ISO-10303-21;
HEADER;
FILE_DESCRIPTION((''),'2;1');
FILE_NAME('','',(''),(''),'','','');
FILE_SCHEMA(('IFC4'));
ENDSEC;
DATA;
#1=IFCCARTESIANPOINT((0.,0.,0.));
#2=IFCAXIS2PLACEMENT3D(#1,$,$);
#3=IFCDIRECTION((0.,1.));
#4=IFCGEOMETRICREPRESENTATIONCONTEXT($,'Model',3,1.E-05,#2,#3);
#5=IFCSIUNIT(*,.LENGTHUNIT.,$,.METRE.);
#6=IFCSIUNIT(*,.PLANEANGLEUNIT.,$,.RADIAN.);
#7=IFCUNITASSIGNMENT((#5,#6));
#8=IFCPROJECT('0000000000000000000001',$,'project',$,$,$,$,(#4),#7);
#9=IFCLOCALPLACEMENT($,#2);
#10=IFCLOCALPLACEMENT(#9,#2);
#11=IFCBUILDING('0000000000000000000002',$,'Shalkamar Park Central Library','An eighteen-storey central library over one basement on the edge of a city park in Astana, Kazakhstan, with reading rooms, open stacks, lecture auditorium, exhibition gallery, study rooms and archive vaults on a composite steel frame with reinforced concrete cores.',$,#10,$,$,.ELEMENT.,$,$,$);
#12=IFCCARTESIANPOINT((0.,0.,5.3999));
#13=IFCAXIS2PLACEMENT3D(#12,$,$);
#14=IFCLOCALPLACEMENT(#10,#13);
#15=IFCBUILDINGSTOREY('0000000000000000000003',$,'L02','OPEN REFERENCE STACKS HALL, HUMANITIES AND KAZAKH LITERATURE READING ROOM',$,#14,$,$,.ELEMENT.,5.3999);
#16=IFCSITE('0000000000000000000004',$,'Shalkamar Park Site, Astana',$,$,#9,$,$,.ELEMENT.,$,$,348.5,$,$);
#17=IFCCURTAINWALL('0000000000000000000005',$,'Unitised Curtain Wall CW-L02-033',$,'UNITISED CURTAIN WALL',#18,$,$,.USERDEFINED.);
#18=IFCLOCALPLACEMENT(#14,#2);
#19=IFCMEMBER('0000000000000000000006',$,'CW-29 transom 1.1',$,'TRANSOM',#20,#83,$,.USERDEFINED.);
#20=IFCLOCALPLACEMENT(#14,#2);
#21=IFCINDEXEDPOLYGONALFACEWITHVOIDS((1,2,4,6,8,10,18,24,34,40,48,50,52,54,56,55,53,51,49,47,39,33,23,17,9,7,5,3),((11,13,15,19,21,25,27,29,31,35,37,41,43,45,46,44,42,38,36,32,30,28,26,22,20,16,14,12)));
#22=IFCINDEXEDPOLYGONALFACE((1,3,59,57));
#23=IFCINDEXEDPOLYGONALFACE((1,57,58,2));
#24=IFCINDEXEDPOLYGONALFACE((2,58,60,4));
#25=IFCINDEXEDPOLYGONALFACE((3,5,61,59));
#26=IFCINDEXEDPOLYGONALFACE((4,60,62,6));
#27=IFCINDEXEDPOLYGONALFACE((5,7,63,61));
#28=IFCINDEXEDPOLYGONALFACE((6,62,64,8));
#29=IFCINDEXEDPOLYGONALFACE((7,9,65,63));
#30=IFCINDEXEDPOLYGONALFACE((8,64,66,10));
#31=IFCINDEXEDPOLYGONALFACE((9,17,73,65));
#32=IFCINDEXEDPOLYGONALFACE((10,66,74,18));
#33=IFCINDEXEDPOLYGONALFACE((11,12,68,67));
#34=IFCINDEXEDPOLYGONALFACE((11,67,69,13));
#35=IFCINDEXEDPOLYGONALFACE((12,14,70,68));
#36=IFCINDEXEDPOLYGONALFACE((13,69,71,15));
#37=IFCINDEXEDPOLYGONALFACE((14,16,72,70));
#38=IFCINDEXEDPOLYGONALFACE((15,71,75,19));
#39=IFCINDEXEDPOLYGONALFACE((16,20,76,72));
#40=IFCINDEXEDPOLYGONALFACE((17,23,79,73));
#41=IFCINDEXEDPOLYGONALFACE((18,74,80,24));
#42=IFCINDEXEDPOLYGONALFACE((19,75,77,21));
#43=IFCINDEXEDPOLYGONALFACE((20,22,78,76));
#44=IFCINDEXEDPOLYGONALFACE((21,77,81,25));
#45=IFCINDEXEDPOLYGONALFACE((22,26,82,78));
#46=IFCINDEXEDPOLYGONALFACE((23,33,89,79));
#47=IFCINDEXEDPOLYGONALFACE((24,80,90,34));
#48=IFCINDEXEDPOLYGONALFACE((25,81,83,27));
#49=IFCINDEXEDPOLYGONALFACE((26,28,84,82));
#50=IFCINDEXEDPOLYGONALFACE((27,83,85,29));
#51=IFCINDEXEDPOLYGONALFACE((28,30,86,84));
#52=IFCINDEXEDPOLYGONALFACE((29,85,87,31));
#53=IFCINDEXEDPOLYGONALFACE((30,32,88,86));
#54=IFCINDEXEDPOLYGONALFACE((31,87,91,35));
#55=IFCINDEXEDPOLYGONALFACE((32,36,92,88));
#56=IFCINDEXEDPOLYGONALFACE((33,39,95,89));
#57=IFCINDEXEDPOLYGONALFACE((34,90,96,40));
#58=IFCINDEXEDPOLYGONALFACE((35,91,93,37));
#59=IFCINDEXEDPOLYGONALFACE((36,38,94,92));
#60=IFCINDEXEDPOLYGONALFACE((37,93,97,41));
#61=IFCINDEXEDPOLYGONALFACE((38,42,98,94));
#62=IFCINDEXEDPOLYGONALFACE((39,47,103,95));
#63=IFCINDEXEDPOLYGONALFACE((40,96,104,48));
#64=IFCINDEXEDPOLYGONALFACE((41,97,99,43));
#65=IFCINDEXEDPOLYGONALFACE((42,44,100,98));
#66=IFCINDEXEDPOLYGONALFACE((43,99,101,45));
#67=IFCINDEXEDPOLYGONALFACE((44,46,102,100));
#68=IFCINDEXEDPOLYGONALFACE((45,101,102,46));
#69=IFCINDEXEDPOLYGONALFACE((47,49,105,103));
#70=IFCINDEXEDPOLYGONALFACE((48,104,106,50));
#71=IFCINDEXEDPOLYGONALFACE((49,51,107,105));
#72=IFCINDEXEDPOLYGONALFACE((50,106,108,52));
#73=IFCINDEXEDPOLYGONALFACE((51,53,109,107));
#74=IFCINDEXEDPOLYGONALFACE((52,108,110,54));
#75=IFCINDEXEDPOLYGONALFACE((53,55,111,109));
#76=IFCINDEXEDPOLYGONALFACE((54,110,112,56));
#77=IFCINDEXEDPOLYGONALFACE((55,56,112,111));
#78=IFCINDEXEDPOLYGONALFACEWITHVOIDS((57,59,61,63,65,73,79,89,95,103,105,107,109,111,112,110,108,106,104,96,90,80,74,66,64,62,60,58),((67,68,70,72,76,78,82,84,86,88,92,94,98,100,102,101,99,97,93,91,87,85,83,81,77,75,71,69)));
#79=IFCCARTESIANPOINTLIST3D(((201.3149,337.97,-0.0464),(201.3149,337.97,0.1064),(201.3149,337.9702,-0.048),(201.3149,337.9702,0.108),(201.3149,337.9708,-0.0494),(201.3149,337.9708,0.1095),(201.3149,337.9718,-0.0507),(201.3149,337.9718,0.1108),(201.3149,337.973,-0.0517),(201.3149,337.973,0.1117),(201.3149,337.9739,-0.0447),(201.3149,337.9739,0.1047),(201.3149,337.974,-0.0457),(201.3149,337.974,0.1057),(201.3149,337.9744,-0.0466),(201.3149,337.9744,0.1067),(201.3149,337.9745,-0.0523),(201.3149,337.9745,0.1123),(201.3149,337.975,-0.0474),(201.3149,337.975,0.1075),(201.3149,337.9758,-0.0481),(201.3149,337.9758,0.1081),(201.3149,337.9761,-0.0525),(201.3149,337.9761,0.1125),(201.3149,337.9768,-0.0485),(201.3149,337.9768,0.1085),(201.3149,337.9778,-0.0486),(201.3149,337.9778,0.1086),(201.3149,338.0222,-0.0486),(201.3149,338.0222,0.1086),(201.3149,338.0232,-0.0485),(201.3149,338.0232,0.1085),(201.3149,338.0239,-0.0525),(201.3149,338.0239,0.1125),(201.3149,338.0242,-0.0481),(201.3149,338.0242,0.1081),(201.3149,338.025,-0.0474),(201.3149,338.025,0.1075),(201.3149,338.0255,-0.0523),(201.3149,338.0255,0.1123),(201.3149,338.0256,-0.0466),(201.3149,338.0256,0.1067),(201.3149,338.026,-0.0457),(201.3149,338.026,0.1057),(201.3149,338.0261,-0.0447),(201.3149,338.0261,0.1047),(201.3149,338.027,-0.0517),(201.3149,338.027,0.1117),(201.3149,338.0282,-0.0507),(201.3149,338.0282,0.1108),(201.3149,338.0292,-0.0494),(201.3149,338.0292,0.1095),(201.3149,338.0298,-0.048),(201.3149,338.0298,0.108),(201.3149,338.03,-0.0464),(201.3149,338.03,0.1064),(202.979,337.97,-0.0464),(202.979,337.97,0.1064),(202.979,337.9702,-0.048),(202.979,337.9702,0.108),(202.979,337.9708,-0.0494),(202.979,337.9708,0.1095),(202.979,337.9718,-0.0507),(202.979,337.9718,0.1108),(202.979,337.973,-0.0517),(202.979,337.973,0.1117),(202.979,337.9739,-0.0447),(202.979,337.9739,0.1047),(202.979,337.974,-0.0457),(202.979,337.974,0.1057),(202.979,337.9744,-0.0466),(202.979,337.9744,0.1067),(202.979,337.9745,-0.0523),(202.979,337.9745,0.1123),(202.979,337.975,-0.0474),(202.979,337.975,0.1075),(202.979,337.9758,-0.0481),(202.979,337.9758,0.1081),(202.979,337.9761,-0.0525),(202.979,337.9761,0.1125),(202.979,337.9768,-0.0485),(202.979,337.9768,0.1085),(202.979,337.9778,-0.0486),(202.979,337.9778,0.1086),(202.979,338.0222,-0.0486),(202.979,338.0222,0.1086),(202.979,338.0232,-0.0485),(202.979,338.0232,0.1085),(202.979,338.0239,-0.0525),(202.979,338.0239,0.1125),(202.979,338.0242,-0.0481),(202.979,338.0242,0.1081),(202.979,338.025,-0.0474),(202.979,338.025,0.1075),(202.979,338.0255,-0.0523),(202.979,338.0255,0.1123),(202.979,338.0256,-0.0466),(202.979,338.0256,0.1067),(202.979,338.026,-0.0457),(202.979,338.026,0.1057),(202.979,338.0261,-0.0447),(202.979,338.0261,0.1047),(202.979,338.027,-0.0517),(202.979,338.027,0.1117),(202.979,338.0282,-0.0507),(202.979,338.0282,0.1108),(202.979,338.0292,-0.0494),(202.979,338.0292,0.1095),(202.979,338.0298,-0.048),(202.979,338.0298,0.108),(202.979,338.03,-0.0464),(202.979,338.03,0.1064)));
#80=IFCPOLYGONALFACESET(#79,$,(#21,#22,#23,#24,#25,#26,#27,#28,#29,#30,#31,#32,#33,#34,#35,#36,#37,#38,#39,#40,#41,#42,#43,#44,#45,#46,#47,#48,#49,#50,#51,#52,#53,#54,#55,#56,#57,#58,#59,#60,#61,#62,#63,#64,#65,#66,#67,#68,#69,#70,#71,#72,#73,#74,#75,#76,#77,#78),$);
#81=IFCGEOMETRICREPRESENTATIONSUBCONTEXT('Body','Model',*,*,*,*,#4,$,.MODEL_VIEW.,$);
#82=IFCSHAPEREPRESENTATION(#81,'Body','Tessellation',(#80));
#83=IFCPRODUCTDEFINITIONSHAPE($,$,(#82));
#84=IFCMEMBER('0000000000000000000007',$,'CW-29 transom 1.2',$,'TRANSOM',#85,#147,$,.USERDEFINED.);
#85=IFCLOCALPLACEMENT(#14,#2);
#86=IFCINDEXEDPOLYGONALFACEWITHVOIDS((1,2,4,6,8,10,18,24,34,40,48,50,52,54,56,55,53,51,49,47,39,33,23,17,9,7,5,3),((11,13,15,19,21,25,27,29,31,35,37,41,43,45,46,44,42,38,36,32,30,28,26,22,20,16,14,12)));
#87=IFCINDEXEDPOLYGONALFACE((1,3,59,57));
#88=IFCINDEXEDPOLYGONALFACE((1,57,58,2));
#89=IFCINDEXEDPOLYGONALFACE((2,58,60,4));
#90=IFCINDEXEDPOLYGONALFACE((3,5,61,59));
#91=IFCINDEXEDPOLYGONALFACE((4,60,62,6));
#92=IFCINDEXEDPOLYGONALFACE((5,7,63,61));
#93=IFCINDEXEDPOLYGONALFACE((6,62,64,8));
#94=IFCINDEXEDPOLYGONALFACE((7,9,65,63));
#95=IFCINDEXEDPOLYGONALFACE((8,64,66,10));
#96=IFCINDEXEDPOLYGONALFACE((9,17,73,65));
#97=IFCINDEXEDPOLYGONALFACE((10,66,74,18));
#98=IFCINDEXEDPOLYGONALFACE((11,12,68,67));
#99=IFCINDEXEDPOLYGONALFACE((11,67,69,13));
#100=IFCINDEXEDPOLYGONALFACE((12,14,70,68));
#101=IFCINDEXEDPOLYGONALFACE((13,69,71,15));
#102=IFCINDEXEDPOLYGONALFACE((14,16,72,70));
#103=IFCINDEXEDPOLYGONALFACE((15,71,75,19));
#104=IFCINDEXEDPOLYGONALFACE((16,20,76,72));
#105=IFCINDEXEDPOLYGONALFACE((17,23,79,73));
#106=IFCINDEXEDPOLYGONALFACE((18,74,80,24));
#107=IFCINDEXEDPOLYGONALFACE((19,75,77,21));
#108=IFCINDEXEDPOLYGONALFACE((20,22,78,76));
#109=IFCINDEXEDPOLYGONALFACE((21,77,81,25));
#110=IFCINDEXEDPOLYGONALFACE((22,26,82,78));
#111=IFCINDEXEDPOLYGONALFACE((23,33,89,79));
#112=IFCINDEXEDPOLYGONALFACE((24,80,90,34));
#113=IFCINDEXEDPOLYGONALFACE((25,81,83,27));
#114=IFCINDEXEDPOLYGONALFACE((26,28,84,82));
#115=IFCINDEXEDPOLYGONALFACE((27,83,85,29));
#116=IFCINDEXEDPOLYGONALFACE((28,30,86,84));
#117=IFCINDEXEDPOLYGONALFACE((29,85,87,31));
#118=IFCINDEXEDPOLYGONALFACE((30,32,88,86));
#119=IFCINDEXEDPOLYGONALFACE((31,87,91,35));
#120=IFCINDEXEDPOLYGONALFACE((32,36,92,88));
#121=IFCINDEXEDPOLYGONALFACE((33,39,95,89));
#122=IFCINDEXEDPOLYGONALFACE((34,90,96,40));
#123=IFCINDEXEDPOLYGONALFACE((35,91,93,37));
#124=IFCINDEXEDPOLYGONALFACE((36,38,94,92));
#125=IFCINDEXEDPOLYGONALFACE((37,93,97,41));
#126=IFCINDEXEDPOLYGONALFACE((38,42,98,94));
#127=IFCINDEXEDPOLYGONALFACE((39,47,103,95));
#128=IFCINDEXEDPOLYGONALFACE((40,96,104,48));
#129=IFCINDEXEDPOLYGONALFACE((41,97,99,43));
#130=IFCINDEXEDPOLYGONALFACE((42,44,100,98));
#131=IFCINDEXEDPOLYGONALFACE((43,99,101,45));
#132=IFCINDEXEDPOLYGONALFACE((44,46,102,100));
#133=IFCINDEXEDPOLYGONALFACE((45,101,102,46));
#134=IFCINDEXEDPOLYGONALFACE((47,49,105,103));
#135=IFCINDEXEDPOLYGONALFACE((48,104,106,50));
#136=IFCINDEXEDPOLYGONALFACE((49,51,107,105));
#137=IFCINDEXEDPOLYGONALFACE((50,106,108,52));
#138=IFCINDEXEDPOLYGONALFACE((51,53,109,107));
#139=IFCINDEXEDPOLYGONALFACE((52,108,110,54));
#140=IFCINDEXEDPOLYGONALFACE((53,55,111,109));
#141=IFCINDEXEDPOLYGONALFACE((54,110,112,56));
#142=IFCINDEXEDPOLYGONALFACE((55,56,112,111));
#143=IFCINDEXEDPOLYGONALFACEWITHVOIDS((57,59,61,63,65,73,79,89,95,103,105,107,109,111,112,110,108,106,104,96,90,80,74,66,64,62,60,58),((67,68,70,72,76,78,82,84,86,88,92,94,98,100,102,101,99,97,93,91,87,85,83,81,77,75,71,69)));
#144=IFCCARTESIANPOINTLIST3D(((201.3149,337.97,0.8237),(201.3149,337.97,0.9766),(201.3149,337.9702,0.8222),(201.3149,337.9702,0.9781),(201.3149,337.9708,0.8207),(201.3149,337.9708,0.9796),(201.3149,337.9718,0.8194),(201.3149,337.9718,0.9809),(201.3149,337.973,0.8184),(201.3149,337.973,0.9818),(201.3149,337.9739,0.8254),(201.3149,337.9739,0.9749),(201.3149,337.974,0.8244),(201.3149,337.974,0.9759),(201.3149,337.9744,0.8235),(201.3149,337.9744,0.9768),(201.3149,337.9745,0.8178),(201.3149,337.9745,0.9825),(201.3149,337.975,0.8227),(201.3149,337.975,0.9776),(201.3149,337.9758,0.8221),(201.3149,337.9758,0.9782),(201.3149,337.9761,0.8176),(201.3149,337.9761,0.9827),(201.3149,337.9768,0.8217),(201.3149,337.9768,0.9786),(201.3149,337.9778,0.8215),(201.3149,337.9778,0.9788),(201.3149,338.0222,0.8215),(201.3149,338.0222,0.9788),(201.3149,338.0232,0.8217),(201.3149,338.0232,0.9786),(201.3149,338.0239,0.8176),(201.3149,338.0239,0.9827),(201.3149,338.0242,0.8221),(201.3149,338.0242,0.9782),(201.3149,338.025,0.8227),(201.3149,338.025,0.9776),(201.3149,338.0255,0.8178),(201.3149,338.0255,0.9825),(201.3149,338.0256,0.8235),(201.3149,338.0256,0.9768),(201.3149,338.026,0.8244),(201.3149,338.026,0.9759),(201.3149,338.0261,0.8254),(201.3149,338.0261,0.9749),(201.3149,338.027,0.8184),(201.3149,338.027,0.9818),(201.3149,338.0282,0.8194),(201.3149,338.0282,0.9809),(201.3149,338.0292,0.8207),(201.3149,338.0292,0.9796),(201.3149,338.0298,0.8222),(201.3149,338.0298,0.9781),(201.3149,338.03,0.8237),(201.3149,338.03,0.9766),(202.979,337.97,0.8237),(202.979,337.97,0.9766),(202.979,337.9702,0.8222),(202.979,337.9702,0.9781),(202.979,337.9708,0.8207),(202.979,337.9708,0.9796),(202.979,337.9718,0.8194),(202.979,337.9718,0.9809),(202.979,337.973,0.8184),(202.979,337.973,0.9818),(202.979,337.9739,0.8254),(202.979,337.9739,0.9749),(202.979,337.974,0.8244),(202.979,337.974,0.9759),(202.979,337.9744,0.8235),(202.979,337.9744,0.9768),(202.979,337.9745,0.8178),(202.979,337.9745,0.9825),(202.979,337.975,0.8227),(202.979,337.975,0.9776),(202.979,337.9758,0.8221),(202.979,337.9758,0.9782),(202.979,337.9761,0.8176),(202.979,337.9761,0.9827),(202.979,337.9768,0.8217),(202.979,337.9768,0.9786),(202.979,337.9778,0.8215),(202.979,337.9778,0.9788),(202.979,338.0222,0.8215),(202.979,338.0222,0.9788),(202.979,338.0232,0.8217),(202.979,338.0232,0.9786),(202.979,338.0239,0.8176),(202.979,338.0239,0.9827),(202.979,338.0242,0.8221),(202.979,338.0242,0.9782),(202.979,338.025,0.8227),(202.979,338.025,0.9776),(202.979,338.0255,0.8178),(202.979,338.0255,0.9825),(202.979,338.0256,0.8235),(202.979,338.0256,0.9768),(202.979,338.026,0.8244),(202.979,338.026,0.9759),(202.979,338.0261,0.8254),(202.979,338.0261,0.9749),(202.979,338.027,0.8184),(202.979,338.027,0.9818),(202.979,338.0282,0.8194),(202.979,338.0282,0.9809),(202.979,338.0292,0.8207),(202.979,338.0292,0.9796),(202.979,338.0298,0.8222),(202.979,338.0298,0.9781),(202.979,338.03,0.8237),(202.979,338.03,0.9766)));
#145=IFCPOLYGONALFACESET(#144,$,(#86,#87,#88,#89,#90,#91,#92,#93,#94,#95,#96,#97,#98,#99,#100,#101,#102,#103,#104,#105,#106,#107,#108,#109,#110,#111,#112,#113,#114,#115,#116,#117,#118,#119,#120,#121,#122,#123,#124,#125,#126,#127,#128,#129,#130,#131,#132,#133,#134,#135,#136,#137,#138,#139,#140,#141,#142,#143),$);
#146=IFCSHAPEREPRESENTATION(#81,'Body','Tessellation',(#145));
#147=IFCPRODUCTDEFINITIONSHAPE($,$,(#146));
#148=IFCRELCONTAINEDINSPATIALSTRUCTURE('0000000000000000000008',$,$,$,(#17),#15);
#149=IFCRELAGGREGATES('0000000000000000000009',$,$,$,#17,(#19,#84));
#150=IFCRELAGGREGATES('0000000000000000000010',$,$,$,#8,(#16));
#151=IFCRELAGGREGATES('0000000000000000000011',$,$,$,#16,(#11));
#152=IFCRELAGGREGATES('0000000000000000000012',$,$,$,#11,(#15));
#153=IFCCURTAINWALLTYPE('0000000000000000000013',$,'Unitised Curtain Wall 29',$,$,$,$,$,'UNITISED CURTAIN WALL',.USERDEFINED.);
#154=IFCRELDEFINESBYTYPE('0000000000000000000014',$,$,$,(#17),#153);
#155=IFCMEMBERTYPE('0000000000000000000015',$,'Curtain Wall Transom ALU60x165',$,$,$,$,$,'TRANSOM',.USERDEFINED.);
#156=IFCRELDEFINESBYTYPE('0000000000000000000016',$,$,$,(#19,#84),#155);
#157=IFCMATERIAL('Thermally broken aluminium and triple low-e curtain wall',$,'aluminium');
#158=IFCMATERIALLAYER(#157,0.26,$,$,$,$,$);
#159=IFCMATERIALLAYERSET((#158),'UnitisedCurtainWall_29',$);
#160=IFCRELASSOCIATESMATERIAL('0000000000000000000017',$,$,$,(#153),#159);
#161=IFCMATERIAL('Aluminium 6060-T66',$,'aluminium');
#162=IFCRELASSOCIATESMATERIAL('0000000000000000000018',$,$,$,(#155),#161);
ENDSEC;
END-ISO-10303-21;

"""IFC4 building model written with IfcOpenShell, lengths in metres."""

from ifc_helpers import new_model, si_unit, direction, frame, origin, origin_2d, place, context, subcontext, project, spatial, hollow_rectangle, extrude, material, layer, layer_set, material_profile, profile_set, type_object, element, aggregate, save


model = new_model("IFC4")

# Units and contexts
model_context = context("Model", 3, precision=1e-05, world=origin(), true_north=direction((0.0, 1.0)))
body_context = subcontext(model_context, "Body", "Model", "MODEL_VIEW")
ifc_project = project(units=[si_unit("LENGTHUNIT", "METRE"), si_unit("PLANEANGLEUNIT", "RADIAN")], contexts=[model_context])

# Site, building, storey
site_placement = place(None, origin())
site = spatial("IfcSite", under=ifc_project, at=site_placement, Name="Shalkamar Park Site, Astana", CompositionType="ELEMENT", RefElevation=348.5)
building_placement = place(site_placement, origin())
building = spatial("IfcBuilding", under=site, at=building_placement, Name="Shalkamar Park Central Library", Description="An eighteen-storey central library over one basement on the edge of a city park in Astana, Kazakhstan, with reading rooms, open stacks, lecture auditorium, exhibition gallery, study rooms and archive vaults on a composite steel frame with reinforced concrete cores.", CompositionType="ELEMENT")
storey_placement = place(building_placement, frame((0.0, 0.0, 5.3999)))
storey = spatial("IfcBuildingStorey", under=building, at=storey_placement, Name="L02", Description="OPEN REFERENCE STACKS HALL, HUMANITIES AND KAZAKH LITERATURE READING ROOM", CompositionType="ELEMENT", Elevation=5.3999)

# Curtain wall
ifc_material_1 = material(Name="Thermally broken aluminium and triple low-e curtain wall", Category="aluminium")
ifc_material_2 = material(Name="Aluminium 6060-T66", Category="aluminium")
ifc_layer_1 = layer(ifc_material_1, 0.26)
ifc_layer_set_1 = layer_set([ifc_layer_1], Name="UnitisedCurtainWall_29")
curtain_wall_type_1 = type_object("IfcCurtainWallType", Name="Unitised Curtain Wall 29", ElementType="UNITISED CURTAIN WALL", PredefinedType="USERDEFINED", material=ifc_layer_set_1)
curtain_wall_1_placement = place(storey_placement, origin())
curtain_wall_1 = element("IfcCurtainWall", 1, at=curtain_wall_1_placement, inside=storey, type_object=curtain_wall_type_1, Name="Unitised Curtain Wall CW-L02-033", ObjectType="UNITISED CURTAIN WALL", PredefinedType="USERDEFINED")

# Members
ifc_material_profile_1 = material_profile(ifc_material_2, hollow_rectangle(XDim=0.0601, YDim=0.165, WallThickness=0.0039, InnerFilletRadius=0.0039, OuterFilletRadius=0.0061, at=origin_2d()), Name="ALU 60x165x4")
ifc_profile_set_1 = profile_set([ifc_material_profile_1], Name="Aluminium 6060-T66")
member_type_1 = type_object("IfcMemberType", Name="Curtain Wall Transom ALU60x165", ElementType="TRANSOM", PredefinedType="USERDEFINED", material=ifc_profile_set_1)
member_1_placement = place(storey_placement, frame((201.3149, 338.0, 0.03), z_axis=(1.0, 0.0, 0.0), x_axis=(0.0, 1.0, 0.0)))
member_1 = element("IfcMember", 2, at=member_1_placement, type_object=member_type_1, Name="CW-29 transom 1.1", ObjectType="TRANSOM", PredefinedType="USERDEFINED", context=body_context, shape_type="SweptSolid", body=[
    extrude(hollow_rectangle(XDim=0.0601, YDim=0.165, WallThickness=0.0039, InnerFilletRadius=0.0039, OuterFilletRadius=0.0061, at=origin_2d()), origin(), (0.0, 0.0, 1.0), 1.6641),
])
member_2_placement = place(storey_placement, frame((201.3149, 338.0, 0.9001), z_axis=(1.0, 0.0, 0.0), x_axis=(0.0, 1.0, 0.0)))
member_2 = element("IfcMember", 3, at=member_2_placement, type_object=member_type_1, Name="CW-29 transom 1.2", ObjectType="TRANSOM", PredefinedType="USERDEFINED", context=body_context, shape_type="SweptSolid", body=[
    extrude(hollow_rectangle(XDim=0.0601, YDim=0.165, WallThickness=0.0039, InnerFilletRadius=0.0039, OuterFilletRadius=0.0061, at=origin_2d()), origin(), (0.0, 0.0, 1.0), 1.6641),
])

aggregate(curtain_wall_1, [member_1, member_2])

save(model, "model.ifc")
